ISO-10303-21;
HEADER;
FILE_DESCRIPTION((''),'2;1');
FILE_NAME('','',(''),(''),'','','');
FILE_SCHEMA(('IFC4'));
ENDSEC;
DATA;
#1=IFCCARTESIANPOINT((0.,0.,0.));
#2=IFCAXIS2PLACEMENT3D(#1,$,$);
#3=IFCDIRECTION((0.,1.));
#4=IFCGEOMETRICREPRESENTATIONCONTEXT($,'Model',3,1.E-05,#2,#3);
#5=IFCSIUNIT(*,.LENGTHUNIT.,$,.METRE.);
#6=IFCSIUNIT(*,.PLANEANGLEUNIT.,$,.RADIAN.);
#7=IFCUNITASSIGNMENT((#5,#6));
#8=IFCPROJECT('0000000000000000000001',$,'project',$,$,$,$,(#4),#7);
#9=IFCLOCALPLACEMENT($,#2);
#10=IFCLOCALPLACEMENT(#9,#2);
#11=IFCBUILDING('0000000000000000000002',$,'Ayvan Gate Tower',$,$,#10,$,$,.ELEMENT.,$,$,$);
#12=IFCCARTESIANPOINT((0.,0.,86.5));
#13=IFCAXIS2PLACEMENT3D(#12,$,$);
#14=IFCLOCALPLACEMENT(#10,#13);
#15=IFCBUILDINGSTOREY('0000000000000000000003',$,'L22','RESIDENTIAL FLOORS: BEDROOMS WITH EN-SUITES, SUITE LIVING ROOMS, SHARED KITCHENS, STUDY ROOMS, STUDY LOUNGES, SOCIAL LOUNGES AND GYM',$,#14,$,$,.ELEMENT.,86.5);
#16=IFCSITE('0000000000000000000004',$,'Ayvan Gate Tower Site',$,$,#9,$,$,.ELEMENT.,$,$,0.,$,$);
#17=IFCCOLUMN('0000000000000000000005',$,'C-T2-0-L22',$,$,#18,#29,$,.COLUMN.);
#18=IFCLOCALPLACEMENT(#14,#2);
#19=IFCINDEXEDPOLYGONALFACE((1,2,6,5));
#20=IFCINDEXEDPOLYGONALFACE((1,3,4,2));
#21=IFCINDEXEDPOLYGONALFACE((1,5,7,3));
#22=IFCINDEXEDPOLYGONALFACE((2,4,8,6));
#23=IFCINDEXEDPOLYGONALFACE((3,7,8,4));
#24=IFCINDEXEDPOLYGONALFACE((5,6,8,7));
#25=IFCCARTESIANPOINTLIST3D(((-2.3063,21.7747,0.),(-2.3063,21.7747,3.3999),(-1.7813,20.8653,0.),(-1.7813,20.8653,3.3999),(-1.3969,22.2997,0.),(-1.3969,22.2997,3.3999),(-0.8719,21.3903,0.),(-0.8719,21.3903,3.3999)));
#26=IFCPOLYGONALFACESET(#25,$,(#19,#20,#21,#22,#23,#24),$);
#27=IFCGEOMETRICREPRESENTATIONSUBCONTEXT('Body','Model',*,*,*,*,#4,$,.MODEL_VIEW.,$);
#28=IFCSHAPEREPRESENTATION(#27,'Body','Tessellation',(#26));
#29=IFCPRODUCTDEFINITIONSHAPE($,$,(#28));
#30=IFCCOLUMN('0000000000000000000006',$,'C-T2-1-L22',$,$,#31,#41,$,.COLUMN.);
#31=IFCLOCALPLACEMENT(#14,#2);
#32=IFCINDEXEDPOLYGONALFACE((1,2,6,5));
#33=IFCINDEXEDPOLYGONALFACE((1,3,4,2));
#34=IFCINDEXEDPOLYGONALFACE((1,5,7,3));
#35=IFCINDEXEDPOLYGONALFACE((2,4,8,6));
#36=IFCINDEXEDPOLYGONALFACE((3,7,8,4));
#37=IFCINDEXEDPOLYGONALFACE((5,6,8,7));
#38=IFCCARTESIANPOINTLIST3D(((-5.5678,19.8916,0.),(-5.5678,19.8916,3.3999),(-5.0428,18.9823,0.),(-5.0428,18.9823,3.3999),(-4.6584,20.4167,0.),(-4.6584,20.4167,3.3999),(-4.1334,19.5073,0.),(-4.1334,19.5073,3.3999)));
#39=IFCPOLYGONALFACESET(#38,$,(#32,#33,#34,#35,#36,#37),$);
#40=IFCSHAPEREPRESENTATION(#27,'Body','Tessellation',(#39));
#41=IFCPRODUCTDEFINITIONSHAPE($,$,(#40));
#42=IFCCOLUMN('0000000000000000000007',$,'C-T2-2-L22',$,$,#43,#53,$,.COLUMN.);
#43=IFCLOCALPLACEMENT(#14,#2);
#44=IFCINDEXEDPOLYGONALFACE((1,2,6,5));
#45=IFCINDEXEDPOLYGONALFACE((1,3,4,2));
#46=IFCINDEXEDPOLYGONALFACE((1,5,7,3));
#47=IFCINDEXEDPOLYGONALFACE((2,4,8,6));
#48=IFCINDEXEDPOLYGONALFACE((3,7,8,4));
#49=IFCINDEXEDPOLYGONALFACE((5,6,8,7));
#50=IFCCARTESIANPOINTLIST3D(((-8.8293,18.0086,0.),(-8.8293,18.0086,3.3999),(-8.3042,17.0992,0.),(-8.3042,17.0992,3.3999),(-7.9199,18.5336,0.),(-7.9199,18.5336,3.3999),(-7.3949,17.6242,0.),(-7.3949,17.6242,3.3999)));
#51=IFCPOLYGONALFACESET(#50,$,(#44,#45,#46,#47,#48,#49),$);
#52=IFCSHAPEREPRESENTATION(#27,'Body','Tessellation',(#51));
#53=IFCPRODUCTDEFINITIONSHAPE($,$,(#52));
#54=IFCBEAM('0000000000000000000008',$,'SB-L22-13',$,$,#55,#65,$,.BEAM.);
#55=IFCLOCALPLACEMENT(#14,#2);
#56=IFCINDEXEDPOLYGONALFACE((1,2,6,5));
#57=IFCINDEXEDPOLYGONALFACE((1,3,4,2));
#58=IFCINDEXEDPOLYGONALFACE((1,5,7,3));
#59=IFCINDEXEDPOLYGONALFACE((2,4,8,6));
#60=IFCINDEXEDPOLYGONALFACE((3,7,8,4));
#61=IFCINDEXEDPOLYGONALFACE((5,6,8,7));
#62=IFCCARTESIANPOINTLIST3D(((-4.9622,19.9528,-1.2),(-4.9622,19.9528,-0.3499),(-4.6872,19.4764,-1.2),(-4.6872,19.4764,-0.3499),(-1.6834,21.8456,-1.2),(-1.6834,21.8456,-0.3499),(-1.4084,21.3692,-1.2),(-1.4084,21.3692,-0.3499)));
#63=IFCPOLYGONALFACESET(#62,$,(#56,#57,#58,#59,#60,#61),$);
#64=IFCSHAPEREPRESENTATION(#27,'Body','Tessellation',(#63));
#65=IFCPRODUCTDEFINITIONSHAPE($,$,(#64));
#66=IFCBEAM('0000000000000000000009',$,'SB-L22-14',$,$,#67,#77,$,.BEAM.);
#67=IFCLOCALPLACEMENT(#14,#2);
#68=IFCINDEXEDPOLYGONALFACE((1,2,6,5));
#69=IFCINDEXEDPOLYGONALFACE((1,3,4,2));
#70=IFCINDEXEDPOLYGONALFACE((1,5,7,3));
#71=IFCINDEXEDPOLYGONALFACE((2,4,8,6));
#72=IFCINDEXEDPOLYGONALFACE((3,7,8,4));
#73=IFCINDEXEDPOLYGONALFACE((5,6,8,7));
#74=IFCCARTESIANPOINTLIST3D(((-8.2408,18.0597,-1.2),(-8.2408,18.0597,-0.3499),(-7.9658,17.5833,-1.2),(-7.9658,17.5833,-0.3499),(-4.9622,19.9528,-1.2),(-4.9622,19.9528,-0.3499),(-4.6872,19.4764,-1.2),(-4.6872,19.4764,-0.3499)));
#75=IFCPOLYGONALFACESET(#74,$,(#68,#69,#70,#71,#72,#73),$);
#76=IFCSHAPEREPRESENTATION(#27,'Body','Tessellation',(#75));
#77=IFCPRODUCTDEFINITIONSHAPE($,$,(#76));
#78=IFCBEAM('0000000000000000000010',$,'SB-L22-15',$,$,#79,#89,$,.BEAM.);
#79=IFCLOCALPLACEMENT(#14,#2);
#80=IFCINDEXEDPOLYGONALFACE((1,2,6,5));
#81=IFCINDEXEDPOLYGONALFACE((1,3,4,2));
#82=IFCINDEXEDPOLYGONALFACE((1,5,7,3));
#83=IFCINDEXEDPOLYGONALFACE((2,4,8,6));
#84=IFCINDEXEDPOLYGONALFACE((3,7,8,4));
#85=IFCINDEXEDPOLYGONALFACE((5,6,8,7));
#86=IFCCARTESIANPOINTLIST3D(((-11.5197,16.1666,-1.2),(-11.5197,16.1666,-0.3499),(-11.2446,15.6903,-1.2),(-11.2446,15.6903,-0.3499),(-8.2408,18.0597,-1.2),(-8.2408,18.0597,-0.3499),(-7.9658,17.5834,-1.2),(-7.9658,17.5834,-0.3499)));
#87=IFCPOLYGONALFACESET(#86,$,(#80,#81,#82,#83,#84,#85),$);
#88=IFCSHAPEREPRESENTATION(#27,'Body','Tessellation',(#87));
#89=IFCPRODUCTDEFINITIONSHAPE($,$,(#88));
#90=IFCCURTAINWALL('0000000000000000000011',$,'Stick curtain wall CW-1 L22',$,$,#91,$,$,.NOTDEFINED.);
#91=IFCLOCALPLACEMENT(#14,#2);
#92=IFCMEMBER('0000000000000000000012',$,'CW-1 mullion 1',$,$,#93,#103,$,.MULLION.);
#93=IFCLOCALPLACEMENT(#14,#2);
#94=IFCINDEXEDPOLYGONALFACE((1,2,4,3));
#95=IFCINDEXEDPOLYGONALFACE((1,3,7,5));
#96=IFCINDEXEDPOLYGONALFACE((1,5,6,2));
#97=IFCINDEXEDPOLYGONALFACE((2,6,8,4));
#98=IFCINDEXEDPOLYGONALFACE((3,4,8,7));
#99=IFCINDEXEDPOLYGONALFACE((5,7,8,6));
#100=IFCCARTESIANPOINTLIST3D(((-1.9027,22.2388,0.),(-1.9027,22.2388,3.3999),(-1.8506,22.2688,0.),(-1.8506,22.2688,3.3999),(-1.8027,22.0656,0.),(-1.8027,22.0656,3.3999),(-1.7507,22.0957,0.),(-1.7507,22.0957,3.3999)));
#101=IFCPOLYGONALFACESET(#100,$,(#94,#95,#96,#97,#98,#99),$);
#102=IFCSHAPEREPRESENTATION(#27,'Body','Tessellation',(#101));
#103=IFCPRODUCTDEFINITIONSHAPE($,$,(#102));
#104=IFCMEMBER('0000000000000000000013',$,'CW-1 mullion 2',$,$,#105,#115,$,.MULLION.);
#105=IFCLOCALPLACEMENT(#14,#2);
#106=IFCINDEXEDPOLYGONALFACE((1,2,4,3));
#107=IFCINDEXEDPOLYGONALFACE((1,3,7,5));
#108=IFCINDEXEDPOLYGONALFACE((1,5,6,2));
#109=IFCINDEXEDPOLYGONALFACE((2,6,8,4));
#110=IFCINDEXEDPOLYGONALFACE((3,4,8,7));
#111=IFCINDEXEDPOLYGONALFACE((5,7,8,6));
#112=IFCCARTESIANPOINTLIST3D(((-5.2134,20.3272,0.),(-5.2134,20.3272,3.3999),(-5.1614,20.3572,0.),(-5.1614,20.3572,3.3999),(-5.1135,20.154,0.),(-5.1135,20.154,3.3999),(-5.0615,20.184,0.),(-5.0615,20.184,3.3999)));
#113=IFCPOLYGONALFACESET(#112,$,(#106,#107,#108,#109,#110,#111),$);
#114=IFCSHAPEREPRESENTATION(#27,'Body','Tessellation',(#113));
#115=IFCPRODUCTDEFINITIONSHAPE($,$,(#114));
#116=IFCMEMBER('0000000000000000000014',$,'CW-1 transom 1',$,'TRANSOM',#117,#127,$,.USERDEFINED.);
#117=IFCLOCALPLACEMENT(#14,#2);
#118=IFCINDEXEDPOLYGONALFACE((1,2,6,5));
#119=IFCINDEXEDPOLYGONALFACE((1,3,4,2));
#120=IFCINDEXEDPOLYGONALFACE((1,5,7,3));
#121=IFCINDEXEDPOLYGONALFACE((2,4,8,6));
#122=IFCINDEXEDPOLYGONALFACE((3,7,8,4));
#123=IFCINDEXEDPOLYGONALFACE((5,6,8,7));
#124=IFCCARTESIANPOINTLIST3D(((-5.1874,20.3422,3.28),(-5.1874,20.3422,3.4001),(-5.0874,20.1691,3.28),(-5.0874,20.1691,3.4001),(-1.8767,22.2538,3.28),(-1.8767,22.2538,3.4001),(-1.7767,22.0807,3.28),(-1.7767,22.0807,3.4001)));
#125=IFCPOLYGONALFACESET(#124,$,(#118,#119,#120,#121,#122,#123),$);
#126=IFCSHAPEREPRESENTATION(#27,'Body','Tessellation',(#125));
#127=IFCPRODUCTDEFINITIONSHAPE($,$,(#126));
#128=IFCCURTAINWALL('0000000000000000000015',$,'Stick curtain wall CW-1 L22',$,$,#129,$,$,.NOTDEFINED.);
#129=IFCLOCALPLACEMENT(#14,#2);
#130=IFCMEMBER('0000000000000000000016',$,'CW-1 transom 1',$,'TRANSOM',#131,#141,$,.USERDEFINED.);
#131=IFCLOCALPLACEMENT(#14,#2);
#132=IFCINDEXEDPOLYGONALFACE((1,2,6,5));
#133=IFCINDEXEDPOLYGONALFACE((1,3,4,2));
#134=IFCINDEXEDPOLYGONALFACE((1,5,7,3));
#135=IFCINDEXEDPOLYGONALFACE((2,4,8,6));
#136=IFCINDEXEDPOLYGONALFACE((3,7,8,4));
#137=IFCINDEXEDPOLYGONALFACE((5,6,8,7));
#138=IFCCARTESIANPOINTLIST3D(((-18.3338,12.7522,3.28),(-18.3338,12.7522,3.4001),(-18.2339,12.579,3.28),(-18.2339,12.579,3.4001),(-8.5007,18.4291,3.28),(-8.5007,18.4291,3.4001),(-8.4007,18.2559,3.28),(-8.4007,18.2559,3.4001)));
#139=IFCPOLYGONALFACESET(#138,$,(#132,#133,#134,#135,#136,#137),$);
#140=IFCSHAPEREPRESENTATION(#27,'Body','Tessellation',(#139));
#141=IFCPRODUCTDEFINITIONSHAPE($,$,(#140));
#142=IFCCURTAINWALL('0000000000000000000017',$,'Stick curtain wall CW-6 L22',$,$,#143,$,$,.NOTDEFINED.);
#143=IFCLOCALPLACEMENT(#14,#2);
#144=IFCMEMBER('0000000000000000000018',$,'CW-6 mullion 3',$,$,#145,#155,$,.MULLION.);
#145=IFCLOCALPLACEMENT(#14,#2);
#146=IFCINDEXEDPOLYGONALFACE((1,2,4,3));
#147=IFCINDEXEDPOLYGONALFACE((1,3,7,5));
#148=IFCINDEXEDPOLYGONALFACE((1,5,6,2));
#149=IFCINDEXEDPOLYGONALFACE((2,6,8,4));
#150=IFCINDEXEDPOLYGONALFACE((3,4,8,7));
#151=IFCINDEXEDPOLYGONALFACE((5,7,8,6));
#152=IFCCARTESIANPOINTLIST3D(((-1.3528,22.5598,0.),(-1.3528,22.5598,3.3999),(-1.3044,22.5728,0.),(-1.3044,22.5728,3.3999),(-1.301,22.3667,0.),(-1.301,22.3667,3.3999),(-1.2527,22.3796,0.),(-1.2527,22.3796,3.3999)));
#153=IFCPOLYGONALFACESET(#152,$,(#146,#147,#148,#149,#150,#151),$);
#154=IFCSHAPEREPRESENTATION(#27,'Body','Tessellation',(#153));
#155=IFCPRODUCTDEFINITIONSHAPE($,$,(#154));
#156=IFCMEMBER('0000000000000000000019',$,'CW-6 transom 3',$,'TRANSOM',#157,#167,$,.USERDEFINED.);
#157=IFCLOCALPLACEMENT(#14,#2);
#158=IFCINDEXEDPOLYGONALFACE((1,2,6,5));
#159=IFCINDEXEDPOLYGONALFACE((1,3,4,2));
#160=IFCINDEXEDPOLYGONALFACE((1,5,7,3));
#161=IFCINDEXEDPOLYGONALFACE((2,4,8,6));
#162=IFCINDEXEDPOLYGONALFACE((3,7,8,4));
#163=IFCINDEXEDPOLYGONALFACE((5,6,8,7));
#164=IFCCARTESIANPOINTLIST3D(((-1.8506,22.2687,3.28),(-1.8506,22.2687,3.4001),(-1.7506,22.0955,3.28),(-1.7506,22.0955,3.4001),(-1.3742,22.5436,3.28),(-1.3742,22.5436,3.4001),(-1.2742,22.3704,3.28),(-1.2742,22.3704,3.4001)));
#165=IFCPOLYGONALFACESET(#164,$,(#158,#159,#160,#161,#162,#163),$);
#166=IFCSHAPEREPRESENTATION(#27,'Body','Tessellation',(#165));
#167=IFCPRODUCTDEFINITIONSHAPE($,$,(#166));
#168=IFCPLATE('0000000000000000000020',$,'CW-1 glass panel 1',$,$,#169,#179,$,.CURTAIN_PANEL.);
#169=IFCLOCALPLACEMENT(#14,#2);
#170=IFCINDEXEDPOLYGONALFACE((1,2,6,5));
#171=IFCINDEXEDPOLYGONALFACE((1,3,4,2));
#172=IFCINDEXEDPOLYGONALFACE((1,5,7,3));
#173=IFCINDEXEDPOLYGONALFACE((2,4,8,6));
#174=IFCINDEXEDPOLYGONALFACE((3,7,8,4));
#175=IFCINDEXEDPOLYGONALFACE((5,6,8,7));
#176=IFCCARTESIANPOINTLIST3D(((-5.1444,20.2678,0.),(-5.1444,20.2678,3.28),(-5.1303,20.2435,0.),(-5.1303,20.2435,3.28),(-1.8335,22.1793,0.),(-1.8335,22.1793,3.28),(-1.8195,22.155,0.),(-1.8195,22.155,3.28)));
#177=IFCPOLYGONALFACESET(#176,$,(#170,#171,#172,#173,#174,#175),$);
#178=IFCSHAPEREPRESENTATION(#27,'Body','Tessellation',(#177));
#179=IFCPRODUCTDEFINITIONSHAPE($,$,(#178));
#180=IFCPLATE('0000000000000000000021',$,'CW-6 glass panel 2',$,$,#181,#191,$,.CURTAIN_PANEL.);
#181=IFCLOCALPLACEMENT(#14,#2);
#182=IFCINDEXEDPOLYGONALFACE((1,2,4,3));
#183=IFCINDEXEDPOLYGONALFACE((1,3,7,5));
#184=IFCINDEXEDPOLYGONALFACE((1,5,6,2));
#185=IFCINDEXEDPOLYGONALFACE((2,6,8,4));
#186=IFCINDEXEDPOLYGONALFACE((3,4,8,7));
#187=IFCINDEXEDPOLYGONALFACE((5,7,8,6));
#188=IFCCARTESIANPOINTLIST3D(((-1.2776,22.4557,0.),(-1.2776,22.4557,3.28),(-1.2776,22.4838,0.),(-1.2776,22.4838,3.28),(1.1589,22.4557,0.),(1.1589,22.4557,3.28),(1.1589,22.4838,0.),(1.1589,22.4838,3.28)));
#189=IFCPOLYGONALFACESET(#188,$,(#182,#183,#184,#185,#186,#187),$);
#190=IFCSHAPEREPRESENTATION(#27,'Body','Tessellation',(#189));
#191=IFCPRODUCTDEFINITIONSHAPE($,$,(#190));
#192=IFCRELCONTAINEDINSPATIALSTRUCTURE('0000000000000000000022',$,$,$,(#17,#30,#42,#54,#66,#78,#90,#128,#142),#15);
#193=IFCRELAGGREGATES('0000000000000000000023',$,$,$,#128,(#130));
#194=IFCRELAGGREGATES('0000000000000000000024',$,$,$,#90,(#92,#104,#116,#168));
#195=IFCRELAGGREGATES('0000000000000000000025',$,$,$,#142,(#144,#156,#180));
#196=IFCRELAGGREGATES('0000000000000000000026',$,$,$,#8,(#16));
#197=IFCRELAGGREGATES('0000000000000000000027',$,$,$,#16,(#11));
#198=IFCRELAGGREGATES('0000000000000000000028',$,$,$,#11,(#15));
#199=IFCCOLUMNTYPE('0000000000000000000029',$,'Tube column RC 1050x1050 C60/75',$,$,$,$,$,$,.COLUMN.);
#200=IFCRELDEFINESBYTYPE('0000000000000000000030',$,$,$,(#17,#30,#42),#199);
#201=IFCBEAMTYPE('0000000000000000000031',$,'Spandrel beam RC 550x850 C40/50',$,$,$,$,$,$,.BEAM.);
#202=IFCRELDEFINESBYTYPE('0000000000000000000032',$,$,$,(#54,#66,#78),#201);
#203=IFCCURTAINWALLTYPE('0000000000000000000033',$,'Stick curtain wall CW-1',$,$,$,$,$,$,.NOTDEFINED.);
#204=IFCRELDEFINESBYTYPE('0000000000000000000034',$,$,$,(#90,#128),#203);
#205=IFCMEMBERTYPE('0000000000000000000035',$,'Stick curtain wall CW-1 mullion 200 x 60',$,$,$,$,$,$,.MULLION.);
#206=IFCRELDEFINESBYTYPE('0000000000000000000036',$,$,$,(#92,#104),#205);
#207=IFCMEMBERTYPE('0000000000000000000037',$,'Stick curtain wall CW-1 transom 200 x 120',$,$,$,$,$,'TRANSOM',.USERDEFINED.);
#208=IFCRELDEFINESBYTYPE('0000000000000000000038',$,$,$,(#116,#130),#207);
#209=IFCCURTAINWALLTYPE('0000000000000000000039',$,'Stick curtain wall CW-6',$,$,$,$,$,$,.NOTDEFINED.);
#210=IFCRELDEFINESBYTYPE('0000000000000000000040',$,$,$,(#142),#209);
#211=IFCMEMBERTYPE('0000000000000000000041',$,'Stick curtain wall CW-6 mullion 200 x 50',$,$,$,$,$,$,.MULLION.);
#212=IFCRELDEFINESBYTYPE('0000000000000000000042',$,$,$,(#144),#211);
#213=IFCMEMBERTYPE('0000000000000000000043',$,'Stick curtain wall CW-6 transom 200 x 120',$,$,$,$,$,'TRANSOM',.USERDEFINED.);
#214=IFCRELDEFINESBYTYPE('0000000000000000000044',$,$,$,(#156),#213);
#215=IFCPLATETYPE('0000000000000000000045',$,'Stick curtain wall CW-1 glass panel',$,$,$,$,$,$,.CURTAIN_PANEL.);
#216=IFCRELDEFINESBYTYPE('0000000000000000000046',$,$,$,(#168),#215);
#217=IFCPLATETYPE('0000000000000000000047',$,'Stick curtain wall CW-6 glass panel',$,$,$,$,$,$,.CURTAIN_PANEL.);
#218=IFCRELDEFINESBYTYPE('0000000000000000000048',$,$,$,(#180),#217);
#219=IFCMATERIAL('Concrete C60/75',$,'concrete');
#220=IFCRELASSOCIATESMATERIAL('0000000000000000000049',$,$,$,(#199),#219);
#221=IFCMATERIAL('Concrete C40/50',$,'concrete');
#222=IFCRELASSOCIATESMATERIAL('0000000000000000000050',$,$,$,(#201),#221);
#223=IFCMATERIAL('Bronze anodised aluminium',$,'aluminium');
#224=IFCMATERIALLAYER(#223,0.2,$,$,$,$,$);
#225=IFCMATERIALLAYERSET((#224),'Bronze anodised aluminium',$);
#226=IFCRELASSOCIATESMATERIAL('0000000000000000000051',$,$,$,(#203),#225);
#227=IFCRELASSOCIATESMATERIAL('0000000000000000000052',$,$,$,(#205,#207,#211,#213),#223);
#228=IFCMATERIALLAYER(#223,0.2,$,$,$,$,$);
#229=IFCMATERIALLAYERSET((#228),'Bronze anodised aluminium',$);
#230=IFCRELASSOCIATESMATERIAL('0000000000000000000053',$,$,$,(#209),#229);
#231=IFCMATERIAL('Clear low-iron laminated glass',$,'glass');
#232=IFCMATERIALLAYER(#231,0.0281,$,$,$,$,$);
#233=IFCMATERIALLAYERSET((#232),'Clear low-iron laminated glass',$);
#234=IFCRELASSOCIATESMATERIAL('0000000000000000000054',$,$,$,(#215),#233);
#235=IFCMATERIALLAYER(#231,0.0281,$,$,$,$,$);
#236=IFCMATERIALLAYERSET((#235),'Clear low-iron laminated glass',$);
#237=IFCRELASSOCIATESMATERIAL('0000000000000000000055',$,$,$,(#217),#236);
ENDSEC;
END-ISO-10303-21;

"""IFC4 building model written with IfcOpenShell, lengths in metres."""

from ifc_helpers import new_model, si_unit, direction, frame, origin, origin_2d, place, context, subcontext, project, spatial, rectangle, extrude, material, layer, layer_set, material_profile, profile_set, type_object, element, aggregate, save


model = new_model("IFC4")

# Units and contexts
model_context = context("Model", 3, precision=1e-05, world=origin(), true_north=direction((0.0, 1.0)))
body_context = subcontext(model_context, "Body", "Model", "MODEL_VIEW")
ifc_project = project(units=[si_unit("LENGTHUNIT", "METRE"), si_unit("PLANEANGLEUNIT", "RADIAN")], contexts=[model_context])

# Site, building, storey
site_placement = place(None, origin())
site = spatial("IfcSite", under=ifc_project, at=site_placement, Name="Ayvan Gate Tower Site", CompositionType="ELEMENT", RefElevation=0.0)
building_placement = place(site_placement, origin())
building = spatial("IfcBuilding", under=site, at=building_placement, Name="Ayvan Gate Tower", CompositionType="ELEMENT")
storey_placement = place(building_placement, frame((0.0, 0.0, 86.5)))
storey = spatial("IfcBuildingStorey", under=building, at=storey_placement, Name="L22", Description="RESIDENTIAL FLOORS: BEDROOMS WITH EN-SUITES, SUITE LIVING ROOMS, SHARED KITCHENS, STUDY ROOMS, STUDY LOUNGES, SOCIAL LOUNGES AND GYM", CompositionType="ELEMENT", Elevation=86.5)

# Columns
ifc_material_1 = material(Name="Concrete C60/75", Category="concrete")
ifc_material_profile_1 = material_profile(ifc_material_1, rectangle(XDim=1.05, YDim=1.05, at=origin_2d()), Name="RC 1050x1050")
ifc_profile_set_1 = profile_set([ifc_material_profile_1], Name="Concrete C60/75")
column_type = type_object("IfcColumnType", Name="Tube column RC 1050x1050 C60/75", PredefinedType="COLUMN", material=ifc_profile_set_1)
for number, where, z_axis, x_axis, name in (
    (1, (-1.5891, 21.5825, 0.0), (0.0, 0.0, 1.0), (-0.5, 0.866025, 0.0), "C-T2-0-L22"),
    (2, (-4.8506, 19.6995, 0.0), (0.0, 0.0, 1.0), (-0.5, 0.866025, 0.0), "C-T2-1-L22"),
    (3, (-8.1121, 17.8164, 0.0), (0.0, 0.0, 1.0), (-0.5, 0.866025, 0.0), "C-T2-2-L22"),
):
    element("IfcColumn", number, at=place(storey_placement, frame(where, z_axis=z_axis, x_axis=x_axis)), inside=storey, type_object=column_type, Name=name, PredefinedType="COLUMN", context=body_context, shape_type="SweptSolid", body=[
        extrude(rectangle(XDim=1.05, YDim=1.05, at=origin_2d()), origin(), (0.0, 0.0, 1.0), 3.3999),
    ])

# Beams
ifc_material_2 = material(Name="Concrete C40/50", Category="concrete")
ifc_material_profile_2 = material_profile(ifc_material_2, rectangle(XDim=0.55, YDim=0.8501, at=origin_2d()), Name="RC 550x850")
ifc_profile_set_2 = profile_set([ifc_material_profile_2], Name="Concrete C40/50")
beam_type = type_object("IfcBeamType", Name="Spandrel beam RC 550x850 C40/50", PredefinedType="BEAM", material=ifc_profile_set_2)
for number, where, z_axis, x_axis, name in (
    (4, (-1.5459, 21.6074, -0.7749), (-0.866048, -0.499961, 0.0), (0.499961, -0.866048, 0.0), "SB-L22-13"),
    (5, (-4.8247, 19.7146, -0.7749), (-0.866004, -0.500037, 0.0), (0.500037, -0.866004, 0.0), "SB-L22-14"),
):
    element("IfcBeam", number, at=place(storey_placement, frame(where, z_axis=z_axis, x_axis=x_axis)), inside=storey, type_object=beam_type, Name=name, PredefinedType="BEAM", context=body_context, shape_type="SweptSolid", body=[
        extrude(rectangle(XDim=0.55, YDim=0.8501, at=origin_2d()), origin(), (0.0, 0.0, 1.0), 3.7859),
    ])
beam_placement = place(storey_placement, frame((-8.1033, 17.8215, -0.7749), z_axis=(-0.86602, -0.500009, 0.0), x_axis=(0.500009, -0.86602, 0.0)))
element("IfcBeam", 6, at=beam_placement, inside=storey, type_object=beam_type, Name="SB-L22-15", PredefinedType="BEAM", context=body_context, shape_type="SweptSolid", body=[
    extrude(rectangle(XDim=0.55, YDim=0.8501, at=origin_2d()), origin(), (0.0, 0.0, 1.0), 3.7861),
])

# Curtain wall, members
ifc_material_3 = material(Name="Bronze anodised aluminium", Category="aluminium")
ifc_layer_1 = layer(ifc_material_3, 0.2)
ifc_layer_set_1 = layer_set([ifc_layer_1], Name="Bronze anodised aluminium")
curtain_wall_type_1 = type_object("IfcCurtainWallType", Name="Stick curtain wall CW-1", PredefinedType="NOTDEFINED", material=ifc_layer_set_1)
curtain_wall_1_placement = place(storey_placement, origin())
curtain_wall_1 = element("IfcCurtainWall", 7, at=curtain_wall_1_placement, inside=storey, type_object=curtain_wall_type_1, Name="Stick curtain wall CW-1 L22", PredefinedType="NOTDEFINED")
ifc_material_profile_3 = material_profile(ifc_material_3, rectangle(XDim=0.2, YDim=0.0601, at=origin_2d()), Name="Stick curtain wall CW-1 mullion 200 x 60")
ifc_profile_set_3 = profile_set([ifc_material_profile_3], Name="Bronze anodised aluminium")
member_type_1 = type_object("IfcMemberType", Name="Stick curtain wall CW-1 mullion 200 x 60", PredefinedType="MULLION", material=ifc_profile_set_3)
member_1_placement = place(storey_placement, frame((-1.8267, 22.1672, 0.0), z_axis=(0.0, 0.0, 1.0), x_axis=(-0.5, 0.866025, 0.0)))
member_1 = element("IfcMember", 8, at=member_1_placement, type_object=member_type_1, Name="CW-1 mullion 1", PredefinedType="MULLION", context=body_context, shape_type="SweptSolid", body=[
    extrude(rectangle(XDim=0.2, YDim=0.0601, at=origin_2d()), origin(), (0.0, 0.0, 1.0), 3.3999),
])
member_2_placement = place(storey_placement, frame((-5.1375, 20.2556, 0.0), z_axis=(0.0, 0.0, 1.0), x_axis=(-0.5, 0.866025, 0.0)))
member_2 = element("IfcMember", 9, at=member_2_placement, type_object=member_type_1, Name="CW-1 mullion 2", PredefinedType="MULLION", context=body_context, shape_type="SweptSolid", body=[
    extrude(rectangle(XDim=0.2, YDim=0.0601, at=origin_2d()), origin(), (0.0, 0.0, 1.0), 3.3999),
])
ifc_material_profile_4 = material_profile(ifc_material_3, rectangle(XDim=0.2, YDim=0.1201, at=origin_2d()), Name="Stick curtain wall CW-1 transom 200 x 120")
ifc_profile_set_4 = profile_set([ifc_material_profile_4], Name="Bronze anodised aluminium")
member_type_2 = type_object("IfcMemberType", Name="Stick curtain wall CW-1 transom 200 x 120", ElementType="TRANSOM", PredefinedType="USERDEFINED", material=ifc_profile_set_4)
member_3_placement = place(storey_placement, frame((-1.8267, 22.1672, 3.3401), z_axis=(-0.86601, -0.500026, 0.0), x_axis=(0.500026, -0.86601, 0.0)))
member_3 = element("IfcMember", 10, at=member_3_placement, type_object=member_type_2, Name="CW-1 transom 1", ObjectType="TRANSOM", PredefinedType="USERDEFINED", context=body_context, shape_type="SweptSolid", body=[
    extrude(rectangle(XDim=0.2, YDim=0.1201, at=origin_2d()), origin(), (0.0, 0.0, 1.0), 3.823),
])

# Curtain wall, member
curtain_wall_2_placement = place(storey_placement, origin())
curtain_wall_2 = element("IfcCurtainWall", 11, at=curtain_wall_2_placement, inside=storey, type_object=curtain_wall_type_1, Name="Stick curtain wall CW-1 L22", PredefinedType="NOTDEFINED")
member_4_placement = place(storey_placement, frame((-8.4507, 18.3425, 3.3401), z_axis=(-0.866034, -0.499985, 0.0), x_axis=(0.499985, -0.866034, 0.0)))
member_4 = element("IfcMember", 12, at=member_4_placement, type_object=member_type_2, Name="CW-1 transom 1", ObjectType="TRANSOM", PredefinedType="USERDEFINED", context=body_context, shape_type="SweptSolid", body=[
    extrude(rectangle(XDim=0.2, YDim=0.1201, at=origin_2d()), origin(), (0.0, 0.0, 1.0), 11.3542),
])
aggregate(curtain_wall_2, [member_4])

# Curtain wall, members
ifc_layer_2 = layer(ifc_material_3, 0.2)
ifc_layer_set_2 = layer_set([ifc_layer_2], Name="Bronze anodised aluminium")
curtain_wall_type_2 = type_object("IfcCurtainWallType", Name="Stick curtain wall CW-6", PredefinedType="NOTDEFINED", material=ifc_layer_set_2)
curtain_wall_3_placement = place(storey_placement, origin())
curtain_wall_3 = element("IfcCurtainWall", 13, at=curtain_wall_3_placement, inside=storey, type_object=curtain_wall_type_2, Name="Stick curtain wall CW-6 L22", PredefinedType="NOTDEFINED")
ifc_material_profile_5 = material_profile(ifc_material_3, rectangle(XDim=0.2, YDim=0.05, at=origin_2d()), Name="Stick curtain wall CW-6 mullion 200 x 50")
ifc_profile_set_5 = profile_set([ifc_material_profile_5], Name="Bronze anodised aluminium")
member_type_3 = type_object("IfcMemberType", Name="Stick curtain wall CW-6 mullion 200 x 50", PredefinedType="MULLION", material=ifc_profile_set_5)
member_5_placement = place(storey_placement, frame((-1.3027, 22.4697, 0.0), z_axis=(0.0, 0.0, 1.0), x_axis=(-0.258819, 0.965926, 0.0)))
member_5 = element("IfcMember", 14, at=member_5_placement, type_object=member_type_3, Name="CW-6 mullion 3", PredefinedType="MULLION", context=body_context, shape_type="SweptSolid", body=[
    extrude(rectangle(XDim=0.2, YDim=0.05, at=origin_2d()), origin(), (0.0, 0.0, 1.0), 3.3999),
])
ifc_material_profile_6 = material_profile(ifc_material_3, rectangle(XDim=0.2, YDim=0.1201, at=origin_2d()), Name="Stick curtain wall CW-6 transom 200 x 120")
ifc_profile_set_6 = profile_set([ifc_material_profile_6], Name="Bronze anodised aluminium")
member_type_4 = type_object("IfcMemberType", Name="Stick curtain wall CW-6 transom 200 x 120", ElementType="TRANSOM", PredefinedType="USERDEFINED", material=ifc_profile_set_6)
member_6_placement = place(storey_placement, frame((-1.3242, 22.457, 3.3401), z_axis=(-0.866104, -0.499863, 0.0), x_axis=(0.499863, -0.866104, 0.0)))
member_6 = element("IfcMember", 15, at=member_6_placement, type_object=member_type_4, Name="CW-6 transom 3", ObjectType="TRANSOM", PredefinedType="USERDEFINED", context=body_context, shape_type="SweptSolid", body=[
    extrude(rectangle(XDim=0.2, YDim=0.1201, at=origin_2d()), origin(), (0.0, 0.0, 1.0), 0.55),
])

# Plates
ifc_material_4 = material(Name="Clear low-iron laminated glass", Category="glass")
ifc_layer_3 = layer(ifc_material_4, 0.0281)
ifc_layer_set_3 = layer_set([ifc_layer_3], Name="Clear low-iron laminated glass")
plate_type_1 = type_object("IfcPlateType", Name="Stick curtain wall CW-1 glass panel", PredefinedType="CURTAIN_PANEL", material=ifc_layer_set_3)
plate_1_placement = place(storey_placement, frame((-3.4819, 21.2114, 0.0), z_axis=(0.0, 0.0, 1.0), x_axis=(-0.866025, -0.5, 0.0)))
plate_1 = element("IfcPlate", 16, at=plate_1_placement, type_object=plate_type_1, Name="CW-1 glass panel 1", PredefinedType="CURTAIN_PANEL", context=body_context, shape_type="SweptSolid", body=[
    extrude(rectangle(XDim=3.823, YDim=0.0281, at=origin_2d()), origin(), (0.0, 0.0, 1.0), 3.28),
])
aggregate(curtain_wall_1, [member_1, member_2, member_3, plate_1])
ifc_layer_4 = layer(ifc_material_4, 0.0281)
ifc_layer_set_4 = layer_set([ifc_layer_4], Name="Clear low-iron laminated glass")
plate_type_2 = type_object("IfcPlateType", Name="Stick curtain wall CW-6 glass panel", PredefinedType="CURTAIN_PANEL", material=ifc_layer_set_4)
plate_2_placement = place(storey_placement, frame((-0.0593, 22.4697, 0.0), z_axis=(0.0, 0.0, 1.0), x_axis=(-1.0, 0.0, 0.0)))
plate_2 = element("IfcPlate", 17, at=plate_2_placement, type_object=plate_type_2, Name="CW-6 glass panel 2", PredefinedType="CURTAIN_PANEL", context=body_context, shape_type="SweptSolid", body=[
    extrude(rectangle(XDim=2.4365, YDim=0.0281, at=origin_2d()), origin(), (0.0, 0.0, 1.0), 3.28),
])
aggregate(curtain_wall_3, [member_5, member_6, plate_2])

save(model, "model.ifc")
